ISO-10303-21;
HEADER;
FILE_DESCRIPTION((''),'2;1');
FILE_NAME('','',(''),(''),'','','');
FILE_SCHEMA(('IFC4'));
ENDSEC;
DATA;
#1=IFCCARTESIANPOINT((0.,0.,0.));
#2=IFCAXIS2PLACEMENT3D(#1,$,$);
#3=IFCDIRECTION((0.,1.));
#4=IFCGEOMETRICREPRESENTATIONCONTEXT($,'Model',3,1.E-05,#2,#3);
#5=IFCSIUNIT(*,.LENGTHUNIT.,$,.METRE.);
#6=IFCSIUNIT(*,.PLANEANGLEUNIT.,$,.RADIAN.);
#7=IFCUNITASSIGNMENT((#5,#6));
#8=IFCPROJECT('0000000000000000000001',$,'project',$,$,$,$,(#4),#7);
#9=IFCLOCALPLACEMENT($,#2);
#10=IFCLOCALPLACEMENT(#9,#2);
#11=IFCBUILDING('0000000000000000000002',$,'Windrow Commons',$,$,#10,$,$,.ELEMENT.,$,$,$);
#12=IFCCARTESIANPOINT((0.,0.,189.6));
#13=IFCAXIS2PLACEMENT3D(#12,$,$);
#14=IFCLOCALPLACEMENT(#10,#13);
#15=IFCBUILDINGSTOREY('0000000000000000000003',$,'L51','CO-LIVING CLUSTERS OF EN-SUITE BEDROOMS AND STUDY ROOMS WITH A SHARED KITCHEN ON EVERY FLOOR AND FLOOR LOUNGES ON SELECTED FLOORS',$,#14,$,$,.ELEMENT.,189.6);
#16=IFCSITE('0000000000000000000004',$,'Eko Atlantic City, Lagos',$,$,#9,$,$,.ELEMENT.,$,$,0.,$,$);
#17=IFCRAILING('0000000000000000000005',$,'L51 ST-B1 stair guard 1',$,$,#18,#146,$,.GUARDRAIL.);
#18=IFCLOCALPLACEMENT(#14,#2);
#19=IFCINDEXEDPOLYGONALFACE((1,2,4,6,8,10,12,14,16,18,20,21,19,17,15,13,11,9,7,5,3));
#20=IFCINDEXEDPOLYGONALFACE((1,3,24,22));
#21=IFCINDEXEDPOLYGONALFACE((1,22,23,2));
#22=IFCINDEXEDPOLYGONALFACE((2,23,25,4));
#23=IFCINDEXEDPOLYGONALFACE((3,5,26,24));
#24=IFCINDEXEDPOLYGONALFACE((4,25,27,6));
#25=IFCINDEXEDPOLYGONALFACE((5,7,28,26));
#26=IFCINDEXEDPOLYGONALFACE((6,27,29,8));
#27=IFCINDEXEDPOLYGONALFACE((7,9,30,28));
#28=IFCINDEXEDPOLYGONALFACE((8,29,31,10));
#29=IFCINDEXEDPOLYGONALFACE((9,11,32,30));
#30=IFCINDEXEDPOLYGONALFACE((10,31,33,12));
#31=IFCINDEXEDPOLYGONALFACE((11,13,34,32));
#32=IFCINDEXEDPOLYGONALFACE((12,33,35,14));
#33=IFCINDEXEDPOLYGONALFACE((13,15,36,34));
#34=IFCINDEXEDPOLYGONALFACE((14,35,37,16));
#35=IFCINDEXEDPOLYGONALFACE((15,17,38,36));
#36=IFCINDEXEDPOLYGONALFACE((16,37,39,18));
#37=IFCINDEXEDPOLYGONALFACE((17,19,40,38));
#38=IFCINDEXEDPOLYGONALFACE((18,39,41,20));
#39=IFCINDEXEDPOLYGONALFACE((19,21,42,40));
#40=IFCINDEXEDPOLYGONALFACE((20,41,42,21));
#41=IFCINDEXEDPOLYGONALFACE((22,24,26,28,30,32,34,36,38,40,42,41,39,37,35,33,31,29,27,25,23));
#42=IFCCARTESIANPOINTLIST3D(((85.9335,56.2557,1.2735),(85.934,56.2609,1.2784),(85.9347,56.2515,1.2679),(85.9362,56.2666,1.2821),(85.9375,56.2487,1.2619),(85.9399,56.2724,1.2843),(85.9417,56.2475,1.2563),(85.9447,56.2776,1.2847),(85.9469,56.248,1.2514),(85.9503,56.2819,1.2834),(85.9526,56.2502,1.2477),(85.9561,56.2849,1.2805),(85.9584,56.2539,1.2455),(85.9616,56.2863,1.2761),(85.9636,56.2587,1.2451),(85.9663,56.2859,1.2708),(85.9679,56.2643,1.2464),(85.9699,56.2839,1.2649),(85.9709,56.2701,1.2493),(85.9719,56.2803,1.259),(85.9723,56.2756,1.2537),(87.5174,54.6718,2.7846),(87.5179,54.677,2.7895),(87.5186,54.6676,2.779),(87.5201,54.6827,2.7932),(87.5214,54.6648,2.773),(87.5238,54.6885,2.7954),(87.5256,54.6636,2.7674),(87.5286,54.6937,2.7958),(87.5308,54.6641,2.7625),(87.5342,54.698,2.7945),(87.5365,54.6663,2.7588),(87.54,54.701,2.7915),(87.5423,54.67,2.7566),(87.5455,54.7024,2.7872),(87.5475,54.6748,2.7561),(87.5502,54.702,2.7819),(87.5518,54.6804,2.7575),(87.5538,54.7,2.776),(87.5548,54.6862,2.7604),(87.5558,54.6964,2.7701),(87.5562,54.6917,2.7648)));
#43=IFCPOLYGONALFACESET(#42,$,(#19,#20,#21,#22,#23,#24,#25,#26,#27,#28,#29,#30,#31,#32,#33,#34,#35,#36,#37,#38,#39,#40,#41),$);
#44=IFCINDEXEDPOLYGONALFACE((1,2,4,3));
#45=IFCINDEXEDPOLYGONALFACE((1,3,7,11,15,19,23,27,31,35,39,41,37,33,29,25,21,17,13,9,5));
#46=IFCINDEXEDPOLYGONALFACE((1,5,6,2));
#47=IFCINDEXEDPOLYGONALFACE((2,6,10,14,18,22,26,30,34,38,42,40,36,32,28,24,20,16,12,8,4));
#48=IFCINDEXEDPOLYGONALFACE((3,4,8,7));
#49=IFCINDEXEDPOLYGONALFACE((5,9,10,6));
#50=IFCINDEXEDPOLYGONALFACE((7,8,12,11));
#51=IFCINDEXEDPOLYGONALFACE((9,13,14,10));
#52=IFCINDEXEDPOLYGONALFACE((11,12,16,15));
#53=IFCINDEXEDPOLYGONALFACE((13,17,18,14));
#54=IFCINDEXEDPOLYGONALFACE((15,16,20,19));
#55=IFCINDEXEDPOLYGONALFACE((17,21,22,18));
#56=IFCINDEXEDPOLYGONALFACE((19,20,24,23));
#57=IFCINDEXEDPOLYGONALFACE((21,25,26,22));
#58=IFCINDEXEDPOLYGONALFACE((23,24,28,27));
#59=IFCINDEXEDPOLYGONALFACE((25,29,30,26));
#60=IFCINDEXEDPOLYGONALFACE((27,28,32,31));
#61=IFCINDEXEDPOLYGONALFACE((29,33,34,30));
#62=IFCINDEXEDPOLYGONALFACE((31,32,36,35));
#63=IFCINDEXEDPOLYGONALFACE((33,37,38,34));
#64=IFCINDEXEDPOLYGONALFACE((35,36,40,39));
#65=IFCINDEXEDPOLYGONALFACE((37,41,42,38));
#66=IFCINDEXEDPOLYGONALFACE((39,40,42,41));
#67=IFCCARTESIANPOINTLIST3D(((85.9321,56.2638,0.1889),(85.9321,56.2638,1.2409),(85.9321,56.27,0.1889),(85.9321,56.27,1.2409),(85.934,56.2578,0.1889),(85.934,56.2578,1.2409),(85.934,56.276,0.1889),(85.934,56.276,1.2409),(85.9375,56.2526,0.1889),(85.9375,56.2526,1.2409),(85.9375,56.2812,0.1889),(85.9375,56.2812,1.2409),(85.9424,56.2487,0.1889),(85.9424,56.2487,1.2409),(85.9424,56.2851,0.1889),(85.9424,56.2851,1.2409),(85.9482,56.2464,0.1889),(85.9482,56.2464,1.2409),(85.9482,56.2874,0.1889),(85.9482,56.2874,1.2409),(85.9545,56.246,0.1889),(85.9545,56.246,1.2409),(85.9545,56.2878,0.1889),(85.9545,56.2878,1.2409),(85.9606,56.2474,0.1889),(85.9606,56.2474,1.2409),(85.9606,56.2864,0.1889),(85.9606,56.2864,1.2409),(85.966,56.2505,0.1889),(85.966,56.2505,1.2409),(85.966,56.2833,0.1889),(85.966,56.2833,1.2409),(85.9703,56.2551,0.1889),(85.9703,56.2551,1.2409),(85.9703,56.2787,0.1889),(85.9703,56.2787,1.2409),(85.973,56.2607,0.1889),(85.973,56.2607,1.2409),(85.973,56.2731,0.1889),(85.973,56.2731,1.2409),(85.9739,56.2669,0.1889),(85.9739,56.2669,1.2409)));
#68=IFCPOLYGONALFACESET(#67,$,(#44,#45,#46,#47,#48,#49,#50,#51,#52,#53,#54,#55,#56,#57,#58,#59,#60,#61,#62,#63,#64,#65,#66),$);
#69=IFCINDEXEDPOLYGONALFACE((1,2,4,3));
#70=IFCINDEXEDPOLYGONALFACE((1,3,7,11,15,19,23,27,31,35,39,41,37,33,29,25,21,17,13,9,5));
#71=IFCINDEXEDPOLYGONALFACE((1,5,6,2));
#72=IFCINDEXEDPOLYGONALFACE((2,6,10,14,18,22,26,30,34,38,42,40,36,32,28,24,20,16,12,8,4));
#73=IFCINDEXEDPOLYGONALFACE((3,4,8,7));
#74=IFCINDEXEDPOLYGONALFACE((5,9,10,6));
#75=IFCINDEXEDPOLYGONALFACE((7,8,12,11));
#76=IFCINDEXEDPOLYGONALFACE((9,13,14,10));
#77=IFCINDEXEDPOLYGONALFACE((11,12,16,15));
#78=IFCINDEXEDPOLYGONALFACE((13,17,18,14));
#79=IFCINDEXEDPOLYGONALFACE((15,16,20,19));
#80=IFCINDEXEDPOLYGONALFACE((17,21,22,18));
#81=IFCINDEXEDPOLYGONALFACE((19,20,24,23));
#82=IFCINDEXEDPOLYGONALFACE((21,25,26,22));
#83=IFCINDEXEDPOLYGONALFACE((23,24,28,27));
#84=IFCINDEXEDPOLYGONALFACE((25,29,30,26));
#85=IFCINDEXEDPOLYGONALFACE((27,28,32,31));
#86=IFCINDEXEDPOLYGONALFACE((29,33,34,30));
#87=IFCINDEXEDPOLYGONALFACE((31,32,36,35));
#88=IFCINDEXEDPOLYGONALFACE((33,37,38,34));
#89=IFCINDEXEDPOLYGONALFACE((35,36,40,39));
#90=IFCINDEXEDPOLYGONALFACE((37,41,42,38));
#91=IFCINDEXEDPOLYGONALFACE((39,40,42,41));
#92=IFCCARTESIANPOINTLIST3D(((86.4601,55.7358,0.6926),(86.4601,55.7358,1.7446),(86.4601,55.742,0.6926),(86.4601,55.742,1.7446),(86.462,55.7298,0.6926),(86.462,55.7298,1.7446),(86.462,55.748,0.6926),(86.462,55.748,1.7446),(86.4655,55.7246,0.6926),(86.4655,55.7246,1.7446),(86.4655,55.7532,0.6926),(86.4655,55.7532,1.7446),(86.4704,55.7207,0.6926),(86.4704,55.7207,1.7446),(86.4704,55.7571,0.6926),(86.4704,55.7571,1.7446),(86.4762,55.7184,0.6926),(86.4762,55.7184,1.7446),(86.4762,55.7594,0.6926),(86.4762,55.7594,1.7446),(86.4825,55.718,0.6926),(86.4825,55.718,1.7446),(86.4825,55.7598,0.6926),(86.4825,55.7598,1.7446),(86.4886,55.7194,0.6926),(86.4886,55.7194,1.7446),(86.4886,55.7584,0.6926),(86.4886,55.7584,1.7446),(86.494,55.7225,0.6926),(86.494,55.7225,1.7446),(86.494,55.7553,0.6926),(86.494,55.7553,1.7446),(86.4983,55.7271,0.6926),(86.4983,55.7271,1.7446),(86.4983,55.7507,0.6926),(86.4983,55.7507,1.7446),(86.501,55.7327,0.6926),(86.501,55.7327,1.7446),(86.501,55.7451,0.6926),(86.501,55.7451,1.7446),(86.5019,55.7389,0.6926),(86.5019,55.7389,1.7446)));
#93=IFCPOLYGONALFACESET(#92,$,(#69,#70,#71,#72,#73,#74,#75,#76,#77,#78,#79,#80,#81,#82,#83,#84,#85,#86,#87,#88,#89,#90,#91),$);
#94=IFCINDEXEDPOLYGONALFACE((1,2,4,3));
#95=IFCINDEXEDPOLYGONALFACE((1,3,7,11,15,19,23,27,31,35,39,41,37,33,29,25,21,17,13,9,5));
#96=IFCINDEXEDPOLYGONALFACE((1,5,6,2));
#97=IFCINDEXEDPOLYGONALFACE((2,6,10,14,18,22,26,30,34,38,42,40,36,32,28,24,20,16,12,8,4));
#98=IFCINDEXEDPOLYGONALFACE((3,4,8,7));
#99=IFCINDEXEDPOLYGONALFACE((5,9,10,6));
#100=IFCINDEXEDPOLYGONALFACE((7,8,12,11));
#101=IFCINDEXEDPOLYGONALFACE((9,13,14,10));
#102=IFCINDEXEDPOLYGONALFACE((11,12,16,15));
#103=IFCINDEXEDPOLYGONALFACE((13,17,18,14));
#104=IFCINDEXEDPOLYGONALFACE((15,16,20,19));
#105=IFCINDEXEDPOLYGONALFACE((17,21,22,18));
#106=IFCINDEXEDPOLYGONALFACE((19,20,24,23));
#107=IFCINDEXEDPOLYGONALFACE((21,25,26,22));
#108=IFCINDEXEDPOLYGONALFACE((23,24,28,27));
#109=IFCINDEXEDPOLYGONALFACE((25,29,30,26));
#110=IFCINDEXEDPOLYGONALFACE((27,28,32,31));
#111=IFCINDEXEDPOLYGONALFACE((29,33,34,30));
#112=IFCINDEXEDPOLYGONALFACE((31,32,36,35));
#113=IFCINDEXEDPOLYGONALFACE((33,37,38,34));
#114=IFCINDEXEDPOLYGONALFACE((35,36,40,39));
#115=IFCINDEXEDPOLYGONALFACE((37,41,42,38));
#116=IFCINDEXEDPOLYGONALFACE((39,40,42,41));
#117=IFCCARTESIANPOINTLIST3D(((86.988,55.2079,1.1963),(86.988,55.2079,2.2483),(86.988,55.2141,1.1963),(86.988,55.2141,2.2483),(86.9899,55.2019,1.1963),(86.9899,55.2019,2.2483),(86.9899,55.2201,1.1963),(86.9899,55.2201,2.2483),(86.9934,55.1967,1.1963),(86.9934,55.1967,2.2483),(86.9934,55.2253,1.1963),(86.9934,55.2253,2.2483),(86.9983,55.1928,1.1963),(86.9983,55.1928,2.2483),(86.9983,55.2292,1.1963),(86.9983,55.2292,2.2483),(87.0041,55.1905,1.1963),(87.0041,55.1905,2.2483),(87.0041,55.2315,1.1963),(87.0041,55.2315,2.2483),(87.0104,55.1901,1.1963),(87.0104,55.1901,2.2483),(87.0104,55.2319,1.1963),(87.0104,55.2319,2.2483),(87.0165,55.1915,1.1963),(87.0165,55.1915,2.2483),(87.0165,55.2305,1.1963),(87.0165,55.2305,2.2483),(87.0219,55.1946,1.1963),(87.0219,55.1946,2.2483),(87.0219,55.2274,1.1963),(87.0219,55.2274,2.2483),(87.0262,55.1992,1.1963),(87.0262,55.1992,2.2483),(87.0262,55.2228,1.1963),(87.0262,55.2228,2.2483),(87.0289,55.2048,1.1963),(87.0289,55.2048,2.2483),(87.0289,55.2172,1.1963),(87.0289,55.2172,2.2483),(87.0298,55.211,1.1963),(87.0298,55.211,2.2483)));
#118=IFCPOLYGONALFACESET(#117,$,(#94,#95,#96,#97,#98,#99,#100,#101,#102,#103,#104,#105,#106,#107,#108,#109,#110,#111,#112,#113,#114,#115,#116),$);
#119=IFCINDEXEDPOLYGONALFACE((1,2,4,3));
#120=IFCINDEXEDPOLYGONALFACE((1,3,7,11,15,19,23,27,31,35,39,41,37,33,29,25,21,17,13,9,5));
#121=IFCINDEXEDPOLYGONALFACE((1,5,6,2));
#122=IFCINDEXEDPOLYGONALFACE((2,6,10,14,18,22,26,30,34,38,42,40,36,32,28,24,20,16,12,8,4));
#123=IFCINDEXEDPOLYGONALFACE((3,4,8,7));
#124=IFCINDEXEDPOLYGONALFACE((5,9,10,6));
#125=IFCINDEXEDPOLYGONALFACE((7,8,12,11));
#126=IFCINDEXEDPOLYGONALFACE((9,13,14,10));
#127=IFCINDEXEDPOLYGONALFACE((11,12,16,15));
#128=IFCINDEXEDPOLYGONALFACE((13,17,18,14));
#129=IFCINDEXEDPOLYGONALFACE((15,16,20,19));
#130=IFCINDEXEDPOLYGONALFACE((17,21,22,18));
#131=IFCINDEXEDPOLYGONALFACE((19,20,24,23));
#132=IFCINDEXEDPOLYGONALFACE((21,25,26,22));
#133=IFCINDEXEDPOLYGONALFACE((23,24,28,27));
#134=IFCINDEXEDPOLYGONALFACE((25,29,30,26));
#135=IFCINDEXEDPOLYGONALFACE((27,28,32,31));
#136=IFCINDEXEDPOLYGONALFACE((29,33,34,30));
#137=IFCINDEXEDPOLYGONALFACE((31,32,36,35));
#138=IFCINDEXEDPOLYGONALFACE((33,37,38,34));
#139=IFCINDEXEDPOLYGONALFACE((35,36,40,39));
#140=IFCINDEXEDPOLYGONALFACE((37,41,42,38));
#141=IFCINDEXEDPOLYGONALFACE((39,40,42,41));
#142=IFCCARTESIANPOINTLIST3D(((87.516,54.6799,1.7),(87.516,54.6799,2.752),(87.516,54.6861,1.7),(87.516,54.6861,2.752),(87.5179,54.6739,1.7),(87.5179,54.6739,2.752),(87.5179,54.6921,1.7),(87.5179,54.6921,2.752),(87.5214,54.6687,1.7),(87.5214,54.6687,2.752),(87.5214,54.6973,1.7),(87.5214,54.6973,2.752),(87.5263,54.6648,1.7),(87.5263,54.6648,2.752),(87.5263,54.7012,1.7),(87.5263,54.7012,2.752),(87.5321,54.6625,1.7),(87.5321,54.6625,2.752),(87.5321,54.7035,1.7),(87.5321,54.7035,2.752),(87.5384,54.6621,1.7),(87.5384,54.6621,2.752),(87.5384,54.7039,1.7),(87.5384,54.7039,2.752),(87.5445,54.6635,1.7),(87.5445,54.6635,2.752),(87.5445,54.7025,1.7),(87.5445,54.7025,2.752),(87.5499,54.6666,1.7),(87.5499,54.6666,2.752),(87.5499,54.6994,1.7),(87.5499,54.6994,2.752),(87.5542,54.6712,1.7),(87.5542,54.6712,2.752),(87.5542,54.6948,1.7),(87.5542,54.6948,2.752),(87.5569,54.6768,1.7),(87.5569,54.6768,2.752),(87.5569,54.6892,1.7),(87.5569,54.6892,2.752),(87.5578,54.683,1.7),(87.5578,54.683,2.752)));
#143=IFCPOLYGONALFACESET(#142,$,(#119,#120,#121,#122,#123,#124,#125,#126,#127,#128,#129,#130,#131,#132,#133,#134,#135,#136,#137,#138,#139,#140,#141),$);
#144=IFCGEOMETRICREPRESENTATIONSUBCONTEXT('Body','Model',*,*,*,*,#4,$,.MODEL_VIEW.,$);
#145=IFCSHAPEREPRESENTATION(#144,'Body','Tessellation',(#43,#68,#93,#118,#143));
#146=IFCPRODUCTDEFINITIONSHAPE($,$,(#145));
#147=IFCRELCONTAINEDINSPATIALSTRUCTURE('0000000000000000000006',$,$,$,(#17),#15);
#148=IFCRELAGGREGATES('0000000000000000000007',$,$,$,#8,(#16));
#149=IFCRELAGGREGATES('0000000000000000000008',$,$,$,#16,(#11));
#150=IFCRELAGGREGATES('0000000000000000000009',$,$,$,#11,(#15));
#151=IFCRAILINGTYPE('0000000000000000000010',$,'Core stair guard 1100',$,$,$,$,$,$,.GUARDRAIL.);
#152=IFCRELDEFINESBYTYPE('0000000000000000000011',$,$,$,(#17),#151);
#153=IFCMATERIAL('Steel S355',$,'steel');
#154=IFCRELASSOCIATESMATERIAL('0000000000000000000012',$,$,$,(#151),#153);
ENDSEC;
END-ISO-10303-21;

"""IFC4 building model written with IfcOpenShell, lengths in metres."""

from ifc_helpers import new_model, si_unit, direction, frame, origin, origin_2d, place, context, subcontext, project, spatial, circle, extrude, material, type_object, element, save


model = new_model("IFC4")

# Units and contexts
model_context = context("Model", 3, precision=1e-05, world=origin(), true_north=direction((0.0, 1.0)))
body_context = subcontext(model_context, "Body", "Model", "MODEL_VIEW")
ifc_project = project(units=[si_unit("LENGTHUNIT", "METRE"), si_unit("PLANEANGLEUNIT", "RADIAN")], contexts=[model_context])

# Site, building, storey
site_placement = place(None, origin())
site = spatial("IfcSite", under=ifc_project, at=site_placement, Name="Eko Atlantic City, Lagos", CompositionType="ELEMENT", RefElevation=0.0)
building_placement = place(site_placement, origin())
building = spatial("IfcBuilding", under=site, at=building_placement, Name="Windrow Commons", CompositionType="ELEMENT")
storey_placement = place(building_placement, frame((0.0, 0.0, 189.6)))
storey = spatial("IfcBuildingStorey", under=building, at=storey_placement, Name="L51", Description="CO-LIVING CLUSTERS OF EN-SUITE BEDROOMS AND STUDY ROOMS WITH A SHARED KITCHEN ON EVERY FLOOR AND FLOOR LOUNGES ON SELECTED FLOORS", CompositionType="ELEMENT", Elevation=189.6)

# Railing
ifc_material_1 = material(Name="Steel S355", Category="steel")
railing_type_1 = type_object("IfcRailingType", Name="Core stair guard 1100", PredefinedType="GUARDRAIL", material=ifc_material_1)
railing_1_placement = place(storey_placement, frame((85.9529, 56.2669, 0.1889)))
element("IfcRailing", 1, at=railing_1_placement, inside=storey, type_object=railing_type_1, Name="L51 ST-B1 stair guard 1", PredefinedType="GUARDRAIL", context=body_context, shape_type="SweptSolid", body=[
    extrude(circle(Radius=0.024, at=origin_2d()), frame((0.0, 0.0, 1.076), z_axis=(0.586191, -0.586191, 0.559249), x_axis=(0.707107, 0.707107, 0.0)), (0.0, 0.0, 1.0), 2.702),
    extrude(circle(Radius=0.021, at=origin_2d()), origin(), (0.0, 0.0, 1.0), 1.052),
    extrude(circle(Radius=0.021, at=origin_2d()), frame((0.528, -0.528, 0.5037)), (0.0, 0.0, 1.0), 1.052),
    extrude(circle(Radius=0.021, at=origin_2d()), frame((1.0559, -1.0559, 1.0074)), (0.0, 0.0, 1.0), 1.052),
    extrude(circle(Radius=0.021, at=origin_2d()), frame((1.5839, -1.5839, 1.5111)), (0.0, 0.0, 1.0), 1.052),
])

save(model, "model.ifc")
